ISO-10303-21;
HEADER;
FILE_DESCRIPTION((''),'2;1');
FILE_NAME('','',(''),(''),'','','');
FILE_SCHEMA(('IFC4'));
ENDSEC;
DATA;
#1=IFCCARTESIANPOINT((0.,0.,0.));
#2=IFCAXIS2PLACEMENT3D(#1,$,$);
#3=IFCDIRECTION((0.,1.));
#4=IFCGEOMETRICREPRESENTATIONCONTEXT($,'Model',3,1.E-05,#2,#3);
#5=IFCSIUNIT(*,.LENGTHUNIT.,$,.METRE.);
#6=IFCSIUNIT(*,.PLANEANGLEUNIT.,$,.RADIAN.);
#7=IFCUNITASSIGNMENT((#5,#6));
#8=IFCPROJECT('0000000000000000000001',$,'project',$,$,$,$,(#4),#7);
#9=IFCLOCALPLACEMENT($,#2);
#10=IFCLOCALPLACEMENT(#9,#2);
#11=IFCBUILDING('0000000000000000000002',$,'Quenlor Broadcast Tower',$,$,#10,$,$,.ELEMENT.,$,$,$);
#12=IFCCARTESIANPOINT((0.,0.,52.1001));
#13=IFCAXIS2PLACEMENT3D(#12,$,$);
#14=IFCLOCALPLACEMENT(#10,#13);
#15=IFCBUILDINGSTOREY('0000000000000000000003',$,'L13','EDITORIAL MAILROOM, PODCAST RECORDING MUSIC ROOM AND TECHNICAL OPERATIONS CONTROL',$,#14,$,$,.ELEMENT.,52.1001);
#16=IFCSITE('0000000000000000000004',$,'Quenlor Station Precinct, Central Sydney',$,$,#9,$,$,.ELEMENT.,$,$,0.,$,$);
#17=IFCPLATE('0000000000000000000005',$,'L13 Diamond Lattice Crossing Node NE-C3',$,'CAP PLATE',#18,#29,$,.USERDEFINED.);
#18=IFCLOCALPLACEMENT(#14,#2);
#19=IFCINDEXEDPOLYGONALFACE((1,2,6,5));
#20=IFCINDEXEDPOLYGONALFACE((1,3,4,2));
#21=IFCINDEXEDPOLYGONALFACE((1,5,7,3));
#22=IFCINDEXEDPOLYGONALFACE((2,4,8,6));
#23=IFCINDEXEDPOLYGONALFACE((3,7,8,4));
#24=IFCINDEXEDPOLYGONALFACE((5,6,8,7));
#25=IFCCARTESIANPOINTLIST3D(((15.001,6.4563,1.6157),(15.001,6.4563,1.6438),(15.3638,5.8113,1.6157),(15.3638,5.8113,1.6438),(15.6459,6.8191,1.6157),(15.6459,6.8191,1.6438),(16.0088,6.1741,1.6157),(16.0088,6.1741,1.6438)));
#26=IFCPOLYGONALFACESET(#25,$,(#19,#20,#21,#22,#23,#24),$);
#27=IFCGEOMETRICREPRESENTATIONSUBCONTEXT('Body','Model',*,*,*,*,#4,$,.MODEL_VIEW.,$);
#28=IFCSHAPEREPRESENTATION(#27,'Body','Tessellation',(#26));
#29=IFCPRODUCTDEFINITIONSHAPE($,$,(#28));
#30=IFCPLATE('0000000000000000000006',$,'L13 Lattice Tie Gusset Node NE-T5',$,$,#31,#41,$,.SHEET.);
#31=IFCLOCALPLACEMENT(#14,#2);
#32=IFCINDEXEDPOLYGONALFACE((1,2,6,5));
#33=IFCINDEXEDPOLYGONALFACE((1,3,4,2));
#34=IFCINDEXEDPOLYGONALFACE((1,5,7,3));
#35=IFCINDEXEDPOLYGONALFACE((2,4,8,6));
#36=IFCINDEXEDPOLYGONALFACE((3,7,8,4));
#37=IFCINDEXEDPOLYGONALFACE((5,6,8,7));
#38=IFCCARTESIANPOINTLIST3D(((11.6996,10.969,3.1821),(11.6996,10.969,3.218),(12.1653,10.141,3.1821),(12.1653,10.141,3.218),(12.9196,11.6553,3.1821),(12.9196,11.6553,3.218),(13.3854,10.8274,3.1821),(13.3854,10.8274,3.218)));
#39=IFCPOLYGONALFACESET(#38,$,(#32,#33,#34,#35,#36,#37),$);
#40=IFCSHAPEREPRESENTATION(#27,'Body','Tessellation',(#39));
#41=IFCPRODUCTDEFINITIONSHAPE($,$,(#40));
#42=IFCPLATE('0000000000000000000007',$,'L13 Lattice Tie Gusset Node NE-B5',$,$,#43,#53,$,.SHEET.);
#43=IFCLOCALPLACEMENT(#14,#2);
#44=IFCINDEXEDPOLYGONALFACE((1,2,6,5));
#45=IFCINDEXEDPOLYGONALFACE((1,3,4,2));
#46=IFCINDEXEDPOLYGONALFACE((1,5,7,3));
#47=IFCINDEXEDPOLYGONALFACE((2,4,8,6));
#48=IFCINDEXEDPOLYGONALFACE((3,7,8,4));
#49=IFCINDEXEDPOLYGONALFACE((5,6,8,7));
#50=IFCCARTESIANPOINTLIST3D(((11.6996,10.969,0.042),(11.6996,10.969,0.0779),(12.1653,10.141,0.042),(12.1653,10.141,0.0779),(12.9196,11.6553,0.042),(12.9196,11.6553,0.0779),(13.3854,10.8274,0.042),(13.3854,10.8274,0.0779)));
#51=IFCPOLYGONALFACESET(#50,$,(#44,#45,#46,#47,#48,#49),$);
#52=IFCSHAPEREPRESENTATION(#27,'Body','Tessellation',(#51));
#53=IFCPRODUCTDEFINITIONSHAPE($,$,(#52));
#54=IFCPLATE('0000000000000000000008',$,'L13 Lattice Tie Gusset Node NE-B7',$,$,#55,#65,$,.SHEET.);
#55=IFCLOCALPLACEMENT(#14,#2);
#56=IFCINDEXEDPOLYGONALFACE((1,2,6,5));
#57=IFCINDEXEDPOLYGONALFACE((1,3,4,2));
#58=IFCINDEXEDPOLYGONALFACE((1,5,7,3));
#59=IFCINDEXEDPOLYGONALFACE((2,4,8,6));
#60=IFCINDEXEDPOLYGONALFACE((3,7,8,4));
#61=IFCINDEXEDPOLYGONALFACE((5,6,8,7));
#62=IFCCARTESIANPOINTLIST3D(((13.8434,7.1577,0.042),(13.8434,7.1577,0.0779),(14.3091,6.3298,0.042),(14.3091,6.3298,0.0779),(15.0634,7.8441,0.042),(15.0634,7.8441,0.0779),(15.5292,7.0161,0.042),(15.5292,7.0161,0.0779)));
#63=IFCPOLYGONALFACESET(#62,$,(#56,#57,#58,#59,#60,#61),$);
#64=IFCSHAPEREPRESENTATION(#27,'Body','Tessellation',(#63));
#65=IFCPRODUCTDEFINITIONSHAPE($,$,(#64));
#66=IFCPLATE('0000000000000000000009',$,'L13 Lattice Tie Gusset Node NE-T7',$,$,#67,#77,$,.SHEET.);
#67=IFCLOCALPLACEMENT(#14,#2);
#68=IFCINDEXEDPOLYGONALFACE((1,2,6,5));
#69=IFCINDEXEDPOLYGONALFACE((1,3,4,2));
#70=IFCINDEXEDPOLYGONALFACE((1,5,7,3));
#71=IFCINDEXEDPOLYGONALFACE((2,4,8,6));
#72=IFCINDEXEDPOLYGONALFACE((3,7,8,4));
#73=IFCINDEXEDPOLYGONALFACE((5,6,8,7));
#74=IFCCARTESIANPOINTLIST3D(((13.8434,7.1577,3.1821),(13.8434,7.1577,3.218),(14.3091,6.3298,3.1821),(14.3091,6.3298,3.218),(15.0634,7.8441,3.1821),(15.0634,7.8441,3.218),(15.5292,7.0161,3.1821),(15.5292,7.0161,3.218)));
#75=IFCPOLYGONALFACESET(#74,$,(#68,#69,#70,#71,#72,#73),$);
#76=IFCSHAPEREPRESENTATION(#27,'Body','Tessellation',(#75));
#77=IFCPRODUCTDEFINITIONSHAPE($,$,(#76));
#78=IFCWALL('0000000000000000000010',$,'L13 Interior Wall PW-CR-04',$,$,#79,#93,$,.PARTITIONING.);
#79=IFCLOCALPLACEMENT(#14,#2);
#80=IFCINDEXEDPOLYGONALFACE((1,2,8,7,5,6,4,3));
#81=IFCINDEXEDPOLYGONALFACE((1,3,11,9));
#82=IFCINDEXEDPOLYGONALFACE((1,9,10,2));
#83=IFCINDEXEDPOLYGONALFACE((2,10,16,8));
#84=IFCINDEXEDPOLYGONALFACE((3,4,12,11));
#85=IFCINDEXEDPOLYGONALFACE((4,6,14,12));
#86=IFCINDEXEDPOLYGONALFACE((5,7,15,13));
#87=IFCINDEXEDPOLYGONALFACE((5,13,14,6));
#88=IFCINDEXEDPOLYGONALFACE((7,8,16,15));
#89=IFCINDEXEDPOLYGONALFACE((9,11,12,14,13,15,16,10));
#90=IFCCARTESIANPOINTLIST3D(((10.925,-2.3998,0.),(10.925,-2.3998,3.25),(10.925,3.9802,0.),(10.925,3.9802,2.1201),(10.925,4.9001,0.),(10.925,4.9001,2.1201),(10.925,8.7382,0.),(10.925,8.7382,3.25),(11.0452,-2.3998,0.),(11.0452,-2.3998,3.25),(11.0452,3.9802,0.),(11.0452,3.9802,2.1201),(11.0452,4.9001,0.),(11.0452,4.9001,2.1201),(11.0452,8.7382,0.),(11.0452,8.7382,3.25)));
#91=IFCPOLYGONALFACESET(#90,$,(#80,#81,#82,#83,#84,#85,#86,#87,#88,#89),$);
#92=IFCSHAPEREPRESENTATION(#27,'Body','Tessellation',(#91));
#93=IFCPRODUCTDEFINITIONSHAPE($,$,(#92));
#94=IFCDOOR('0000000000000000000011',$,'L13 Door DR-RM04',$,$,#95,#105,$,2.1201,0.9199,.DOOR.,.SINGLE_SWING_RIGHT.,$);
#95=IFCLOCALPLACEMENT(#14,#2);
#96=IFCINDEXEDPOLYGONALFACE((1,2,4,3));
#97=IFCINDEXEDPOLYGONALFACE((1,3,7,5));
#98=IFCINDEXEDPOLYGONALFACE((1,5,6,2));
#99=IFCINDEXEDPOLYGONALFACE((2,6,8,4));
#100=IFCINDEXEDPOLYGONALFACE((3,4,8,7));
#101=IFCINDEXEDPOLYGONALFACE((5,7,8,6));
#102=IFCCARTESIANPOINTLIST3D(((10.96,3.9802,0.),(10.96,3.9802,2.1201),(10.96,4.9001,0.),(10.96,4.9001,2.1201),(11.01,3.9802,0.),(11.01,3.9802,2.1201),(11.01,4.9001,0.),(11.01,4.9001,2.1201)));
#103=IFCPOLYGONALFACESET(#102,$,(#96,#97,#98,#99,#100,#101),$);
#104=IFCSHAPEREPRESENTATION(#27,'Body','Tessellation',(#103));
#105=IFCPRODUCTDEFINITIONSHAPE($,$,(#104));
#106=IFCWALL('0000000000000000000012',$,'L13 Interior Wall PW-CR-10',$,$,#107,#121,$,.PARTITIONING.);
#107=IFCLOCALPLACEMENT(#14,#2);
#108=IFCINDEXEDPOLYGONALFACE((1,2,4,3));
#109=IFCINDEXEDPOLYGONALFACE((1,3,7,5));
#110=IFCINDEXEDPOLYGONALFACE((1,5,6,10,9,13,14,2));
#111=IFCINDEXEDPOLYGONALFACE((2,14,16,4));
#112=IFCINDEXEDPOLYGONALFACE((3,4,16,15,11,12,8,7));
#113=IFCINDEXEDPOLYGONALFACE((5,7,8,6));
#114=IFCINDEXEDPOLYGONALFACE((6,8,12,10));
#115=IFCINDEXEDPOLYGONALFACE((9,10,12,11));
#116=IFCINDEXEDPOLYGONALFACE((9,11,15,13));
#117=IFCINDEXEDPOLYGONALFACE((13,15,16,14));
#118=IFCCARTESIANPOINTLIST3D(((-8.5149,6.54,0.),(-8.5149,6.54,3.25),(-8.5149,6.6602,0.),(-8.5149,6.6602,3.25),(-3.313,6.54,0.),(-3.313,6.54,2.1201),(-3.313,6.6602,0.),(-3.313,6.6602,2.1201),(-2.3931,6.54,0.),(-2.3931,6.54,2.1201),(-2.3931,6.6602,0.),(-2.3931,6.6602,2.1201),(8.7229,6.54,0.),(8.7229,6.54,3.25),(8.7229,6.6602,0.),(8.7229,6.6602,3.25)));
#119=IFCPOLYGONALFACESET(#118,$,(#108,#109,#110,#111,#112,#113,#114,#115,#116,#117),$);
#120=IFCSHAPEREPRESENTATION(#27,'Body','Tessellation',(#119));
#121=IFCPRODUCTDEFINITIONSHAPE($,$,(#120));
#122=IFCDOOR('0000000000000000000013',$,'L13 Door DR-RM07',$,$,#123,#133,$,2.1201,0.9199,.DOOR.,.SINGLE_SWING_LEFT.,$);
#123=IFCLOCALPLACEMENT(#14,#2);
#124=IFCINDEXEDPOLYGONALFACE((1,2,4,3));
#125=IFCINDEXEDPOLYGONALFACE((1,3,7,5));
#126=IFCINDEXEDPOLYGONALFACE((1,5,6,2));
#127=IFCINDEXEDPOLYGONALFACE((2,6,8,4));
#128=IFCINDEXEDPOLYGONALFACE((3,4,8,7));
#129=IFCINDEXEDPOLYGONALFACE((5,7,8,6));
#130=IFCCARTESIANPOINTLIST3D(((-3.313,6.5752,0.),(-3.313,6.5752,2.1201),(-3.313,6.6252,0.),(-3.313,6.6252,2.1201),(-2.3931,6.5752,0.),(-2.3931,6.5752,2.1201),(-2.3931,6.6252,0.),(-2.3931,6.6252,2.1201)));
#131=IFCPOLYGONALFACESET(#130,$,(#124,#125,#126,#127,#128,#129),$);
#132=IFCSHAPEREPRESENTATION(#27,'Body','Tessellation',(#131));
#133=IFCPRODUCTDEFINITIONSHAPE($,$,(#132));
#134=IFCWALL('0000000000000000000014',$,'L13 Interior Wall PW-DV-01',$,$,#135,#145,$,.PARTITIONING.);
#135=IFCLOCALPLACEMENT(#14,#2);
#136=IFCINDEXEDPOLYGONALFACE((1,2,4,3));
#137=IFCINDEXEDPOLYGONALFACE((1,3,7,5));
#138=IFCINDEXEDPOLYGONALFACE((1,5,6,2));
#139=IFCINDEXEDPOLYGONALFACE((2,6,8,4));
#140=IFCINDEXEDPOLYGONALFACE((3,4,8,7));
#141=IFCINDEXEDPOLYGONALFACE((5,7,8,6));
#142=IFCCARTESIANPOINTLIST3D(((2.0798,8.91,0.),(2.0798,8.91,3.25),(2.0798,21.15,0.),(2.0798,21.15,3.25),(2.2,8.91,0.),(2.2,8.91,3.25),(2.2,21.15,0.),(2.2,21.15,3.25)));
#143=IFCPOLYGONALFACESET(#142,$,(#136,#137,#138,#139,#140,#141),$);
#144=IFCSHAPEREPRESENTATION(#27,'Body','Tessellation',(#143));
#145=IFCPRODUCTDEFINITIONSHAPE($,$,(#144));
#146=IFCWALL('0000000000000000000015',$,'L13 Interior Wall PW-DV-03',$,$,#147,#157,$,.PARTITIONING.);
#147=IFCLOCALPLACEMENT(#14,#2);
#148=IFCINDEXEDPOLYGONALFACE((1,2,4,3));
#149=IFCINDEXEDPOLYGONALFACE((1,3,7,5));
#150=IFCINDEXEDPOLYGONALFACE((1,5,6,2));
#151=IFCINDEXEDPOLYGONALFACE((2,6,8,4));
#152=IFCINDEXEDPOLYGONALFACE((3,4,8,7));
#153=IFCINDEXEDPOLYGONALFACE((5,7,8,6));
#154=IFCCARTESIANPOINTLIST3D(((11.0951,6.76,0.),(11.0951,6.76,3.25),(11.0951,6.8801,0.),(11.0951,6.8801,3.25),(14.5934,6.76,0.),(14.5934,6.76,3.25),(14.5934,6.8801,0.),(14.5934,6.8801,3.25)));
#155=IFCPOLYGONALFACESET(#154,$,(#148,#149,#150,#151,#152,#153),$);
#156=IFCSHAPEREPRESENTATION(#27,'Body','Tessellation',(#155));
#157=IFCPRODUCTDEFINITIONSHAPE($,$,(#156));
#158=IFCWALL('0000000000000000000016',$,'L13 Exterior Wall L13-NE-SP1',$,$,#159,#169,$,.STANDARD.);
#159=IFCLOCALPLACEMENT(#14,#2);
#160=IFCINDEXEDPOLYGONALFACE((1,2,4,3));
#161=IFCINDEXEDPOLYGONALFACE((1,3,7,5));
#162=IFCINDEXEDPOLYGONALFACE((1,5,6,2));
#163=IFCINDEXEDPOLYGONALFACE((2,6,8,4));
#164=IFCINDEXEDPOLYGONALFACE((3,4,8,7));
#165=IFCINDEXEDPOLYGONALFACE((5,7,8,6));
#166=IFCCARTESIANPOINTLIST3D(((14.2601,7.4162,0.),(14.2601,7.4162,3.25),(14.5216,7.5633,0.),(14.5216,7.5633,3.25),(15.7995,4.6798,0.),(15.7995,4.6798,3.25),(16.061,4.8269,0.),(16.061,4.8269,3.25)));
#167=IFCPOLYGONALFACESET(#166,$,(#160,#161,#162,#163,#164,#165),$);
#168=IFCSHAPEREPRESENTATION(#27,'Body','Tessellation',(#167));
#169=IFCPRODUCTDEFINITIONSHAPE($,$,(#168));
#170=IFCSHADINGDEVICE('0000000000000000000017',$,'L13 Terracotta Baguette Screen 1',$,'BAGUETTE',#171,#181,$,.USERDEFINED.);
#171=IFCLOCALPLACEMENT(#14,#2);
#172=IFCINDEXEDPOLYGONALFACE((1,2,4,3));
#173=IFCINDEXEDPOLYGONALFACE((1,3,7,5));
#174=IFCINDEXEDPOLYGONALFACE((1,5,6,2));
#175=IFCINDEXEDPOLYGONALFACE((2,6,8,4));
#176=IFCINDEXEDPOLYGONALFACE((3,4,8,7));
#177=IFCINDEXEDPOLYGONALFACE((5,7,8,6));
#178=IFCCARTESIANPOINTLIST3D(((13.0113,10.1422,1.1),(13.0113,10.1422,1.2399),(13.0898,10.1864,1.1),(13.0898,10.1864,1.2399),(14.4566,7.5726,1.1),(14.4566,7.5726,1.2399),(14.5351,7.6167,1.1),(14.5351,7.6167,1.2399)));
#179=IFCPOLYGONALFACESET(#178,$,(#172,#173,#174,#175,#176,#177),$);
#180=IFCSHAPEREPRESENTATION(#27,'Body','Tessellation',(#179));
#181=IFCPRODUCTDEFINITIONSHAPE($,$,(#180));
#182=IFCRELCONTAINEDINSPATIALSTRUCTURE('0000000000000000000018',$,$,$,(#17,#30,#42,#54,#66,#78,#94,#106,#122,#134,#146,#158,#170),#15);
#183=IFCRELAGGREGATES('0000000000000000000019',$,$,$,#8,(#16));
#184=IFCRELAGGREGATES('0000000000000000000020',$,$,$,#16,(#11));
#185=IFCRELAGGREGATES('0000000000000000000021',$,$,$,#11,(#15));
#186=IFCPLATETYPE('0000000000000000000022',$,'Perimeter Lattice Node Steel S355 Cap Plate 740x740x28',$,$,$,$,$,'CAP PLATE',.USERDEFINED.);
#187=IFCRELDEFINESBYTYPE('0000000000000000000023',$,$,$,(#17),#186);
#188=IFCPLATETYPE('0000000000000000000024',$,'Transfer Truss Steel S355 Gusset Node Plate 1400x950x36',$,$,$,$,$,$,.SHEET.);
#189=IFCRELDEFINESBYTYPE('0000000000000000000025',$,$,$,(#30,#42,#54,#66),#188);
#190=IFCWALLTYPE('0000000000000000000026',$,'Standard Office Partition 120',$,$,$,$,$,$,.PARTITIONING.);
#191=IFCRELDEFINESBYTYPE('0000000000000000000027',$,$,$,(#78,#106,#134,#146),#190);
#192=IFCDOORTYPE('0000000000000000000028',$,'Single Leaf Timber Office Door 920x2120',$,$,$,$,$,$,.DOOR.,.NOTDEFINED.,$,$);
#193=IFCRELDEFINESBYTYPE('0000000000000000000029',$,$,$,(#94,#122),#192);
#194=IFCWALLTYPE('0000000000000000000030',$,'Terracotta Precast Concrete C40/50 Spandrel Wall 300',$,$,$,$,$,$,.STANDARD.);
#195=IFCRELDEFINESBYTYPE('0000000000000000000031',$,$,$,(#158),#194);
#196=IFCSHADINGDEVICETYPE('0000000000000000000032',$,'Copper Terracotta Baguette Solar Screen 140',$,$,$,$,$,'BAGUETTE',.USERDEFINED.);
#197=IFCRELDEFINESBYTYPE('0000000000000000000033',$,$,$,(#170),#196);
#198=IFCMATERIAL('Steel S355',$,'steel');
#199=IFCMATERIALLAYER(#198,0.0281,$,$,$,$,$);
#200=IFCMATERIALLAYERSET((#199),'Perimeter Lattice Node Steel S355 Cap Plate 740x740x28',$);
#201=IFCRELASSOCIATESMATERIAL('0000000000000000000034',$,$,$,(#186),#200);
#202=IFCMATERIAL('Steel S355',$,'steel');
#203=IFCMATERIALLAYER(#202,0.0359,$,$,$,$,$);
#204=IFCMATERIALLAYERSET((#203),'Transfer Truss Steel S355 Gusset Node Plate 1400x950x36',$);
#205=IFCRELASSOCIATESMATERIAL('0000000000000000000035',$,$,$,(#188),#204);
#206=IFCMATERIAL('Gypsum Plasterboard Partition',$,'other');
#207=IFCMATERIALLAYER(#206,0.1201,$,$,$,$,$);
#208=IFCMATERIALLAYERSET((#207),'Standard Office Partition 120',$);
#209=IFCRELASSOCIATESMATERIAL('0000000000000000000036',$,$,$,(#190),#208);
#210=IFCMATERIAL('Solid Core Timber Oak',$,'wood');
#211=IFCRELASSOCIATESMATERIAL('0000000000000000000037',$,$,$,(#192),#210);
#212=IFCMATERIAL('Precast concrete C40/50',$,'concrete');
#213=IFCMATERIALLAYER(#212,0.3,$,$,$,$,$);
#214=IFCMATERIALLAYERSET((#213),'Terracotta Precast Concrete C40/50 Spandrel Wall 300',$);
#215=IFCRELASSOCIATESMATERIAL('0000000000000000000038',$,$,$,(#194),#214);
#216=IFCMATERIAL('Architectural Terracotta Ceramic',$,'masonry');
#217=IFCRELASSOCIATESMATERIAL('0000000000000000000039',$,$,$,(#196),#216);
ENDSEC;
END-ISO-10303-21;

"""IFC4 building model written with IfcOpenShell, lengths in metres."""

from ifc_helpers import new_model, si_unit, direction, frame, frame_2d, origin, origin_2d, place, context, subcontext, project, spatial, rectangle, extrude, material, layer, layer_set, material_profile, profile_set, type_object, element, fill, save


model = new_model("IFC4")

# Units and contexts
model_context = context("Model", 3, precision=1e-05, world=origin(), true_north=direction((0.0, 1.0)))
body_context = subcontext(model_context, "Body", "Model", "MODEL_VIEW")
ifc_project = project(units=[si_unit("LENGTHUNIT", "METRE"), si_unit("PLANEANGLEUNIT", "RADIAN")], contexts=[model_context])

# Site, building, storey
site_placement = place(None, origin())
site = spatial("IfcSite", under=ifc_project, at=site_placement, Name="Quenlor Station Precinct, Central Sydney", CompositionType="ELEMENT", RefElevation=0.0)
building_placement = place(site_placement, origin())
building = spatial("IfcBuilding", under=site, at=building_placement, Name="Quenlor Broadcast Tower", CompositionType="ELEMENT")
storey_placement = place(building_placement, frame((0.0, 0.0, 52.1001)))
storey = spatial("IfcBuildingStorey", under=building, at=storey_placement, Name="L13", Description="EDITORIAL MAILROOM, PODCAST RECORDING MUSIC ROOM AND TECHNICAL OPERATIONS CONTROL", CompositionType="ELEMENT", Elevation=52.1001)

# Plates
ifc_material_1 = material(Name="Steel S355", Category="steel")
ifc_layer_1 = layer(ifc_material_1, 0.0281)
ifc_layer_set_1 = layer_set([ifc_layer_1], Name="Perimeter Lattice Node Steel S355 Cap Plate 740x740x28")
plate_type_1 = type_object("IfcPlateType", Name="Perimeter Lattice Node Steel S355 Cap Plate 740x740x28", ElementType="CAP PLATE", PredefinedType="USERDEFINED", material=ifc_layer_set_1)
for number, where, z_axis, x_axis, name in (
    (1, (15.5049, 6.3152, 1.6157), (0.0, 0.0, 1.0), (0.490295, -0.871556, 0.0), "L13 Diamond Lattice Crossing Node NE-C3"),
):
    element("IfcPlate", number, at=place(storey_placement, frame(where, z_axis=z_axis, x_axis=x_axis)), inside=storey, type_object=plate_type_1, Name=name, ObjectType="CAP PLATE", PredefinedType="USERDEFINED", context=body_context, shape_type="SweptSolid", body=[
        extrude(rectangle(XDim=0.74, YDim=0.74, at=origin_2d()), origin(), (0.0, 0.0, 1.0), 0.0281),
    ])
ifc_material_2 = material(Name="Steel S355", Category="steel")
ifc_layer_2 = layer(ifc_material_2, 0.0359)
ifc_layer_set_2 = layer_set([ifc_layer_2], Name="Transfer Truss Steel S355 Gusset Node Plate 1400x950x36")
plate_type_2 = type_object("IfcPlateType", Name="Transfer Truss Steel S355 Gusset Node Plate 1400x950x36", PredefinedType="SHEET", material=ifc_layer_set_2)
for number, where, z_axis, x_axis, name in (
    (2, (12.5425, 10.8982, 3.1821), (0.0, 0.0, 1.0), (0.871556, 0.490295, 0.0), "L13 Lattice Tie Gusset Node NE-T5"),
    (3, (12.5425, 10.8982, 0.042), (0.0, 0.0, 1.0), (0.871556, 0.490295, 0.0), "L13 Lattice Tie Gusset Node NE-B5"),
    (4, (14.6863, 7.0869, 0.042), (0.0, 0.0, 1.0), (0.871556, 0.490295, 0.0), "L13 Lattice Tie Gusset Node NE-B7"),
    (5, (14.6863, 7.0869, 3.1821), (0.0, 0.0, 1.0), (0.871556, 0.490295, 0.0), "L13 Lattice Tie Gusset Node NE-T7"),
):
    element("IfcPlate", number, at=place(storey_placement, frame(where, z_axis=z_axis, x_axis=x_axis)), inside=storey, type_object=plate_type_2, Name=name, PredefinedType="SHEET", context=body_context, shape_type="SweptSolid", body=[
        extrude(rectangle(XDim=1.3999, YDim=0.95, at=origin_2d()), origin(), (0.0, 0.0, 1.0), 0.0359),
    ])

# Walls, openings, doors
ifc_material_3 = material(Name="Gypsum Plasterboard Partition", Category="other")
ifc_layer_3 = layer(ifc_material_3, 0.1201)
ifc_layer_set_3 = layer_set([ifc_layer_3], Name="Standard Office Partition 120")
wall_type_1 = type_object("IfcWallType", Name="Standard Office Partition 120", PredefinedType="PARTITIONING", material=ifc_layer_set_3)
wall_1_placement = place(storey_placement, frame((10.9851, 8.738, 0.0), z_axis=(0.0, 0.0, 1.0), x_axis=(0.0, -1.0, 0.0)))
wall_1 = element("IfcWall", 6, at=wall_1_placement, inside=storey, type_object=wall_type_1, Name="L13 Interior Wall PW-CR-04", PredefinedType="PARTITIONING", context=body_context, shape_type="SweptSolid", body=[
    extrude(rectangle(XDim=11.1379, YDim=0.1201, at=frame_2d((5.5688, 0.0))), origin(), (0.0, 0.0, 1.0), 3.25),
])
opening_1_placement = place(wall_1_placement, frame((3.8379, 0.0, 0.0)))
opening_1 = element("IfcOpeningElement", 7, at=opening_1_placement, cuts=wall_1, PredefinedType="OPENING", context=body_context, shape_type="SweptSolid", body=[
    extrude(rectangle(XDim=0.9199, YDim=2.1201, at=frame_2d((0.46, 1.0601))), frame((0.0, 0.0701, 0.0), z_axis=(0.0, -1.0, 0.0), x_axis=(1.0, 0.0, 0.0)), (0.0, 0.0, 1.0), 0.1401),
])
ifc_material_4 = material(Name="Solid Core Timber Oak", Category="wood")
door_type = type_object("IfcDoorType", Name="Single Leaf Timber Office Door 920x2120", OperationType="NOTDEFINED", PredefinedType="DOOR", material=ifc_material_4)
door_1_placement = place(opening_1_placement, origin())
door_1 = element("IfcDoor", 8, at=door_1_placement, inside=storey, type_object=door_type, Name="L13 Door DR-RM04", OperationType="SINGLE_SWING_RIGHT", OverallHeight=2.1201, OverallWidth=0.9199, PredefinedType="DOOR", context=body_context, shape_type="SweptSolid", body=[
    extrude(rectangle(XDim=0.9199, YDim=2.1201, at=frame_2d((0.46, 1.0601))), frame((0.0, 0.0249, 0.0), z_axis=(0.0, -1.0, 0.0), x_axis=(1.0, 0.0, 0.0)), (0.0, 0.0, 1.0), 0.05),
])
fill(opening_1, door_1)
wall_2_placement = place(storey_placement, frame((8.7229, 6.6001, 0.0), z_axis=(0.0, 0.0, 1.0), x_axis=(-1.0, 0.0, 0.0)))
wall_2 = element("IfcWall", 9, at=wall_2_placement, inside=storey, type_object=wall_type_1, Name="L13 Interior Wall PW-CR-10", PredefinedType="PARTITIONING", context=body_context, shape_type="SweptSolid", body=[
    extrude(rectangle(XDim=17.2378, YDim=0.1201, at=frame_2d((8.6189, 0.0))), origin(), (0.0, 0.0, 1.0), 3.25),
])
opening_2_placement = place(wall_2_placement, frame((11.116, 0.0, 0.0)))
opening_2 = element("IfcOpeningElement", 10, at=opening_2_placement, cuts=wall_2, PredefinedType="OPENING", context=body_context, shape_type="SweptSolid", body=[
    extrude(rectangle(XDim=0.9199, YDim=2.1201, at=frame_2d((0.46, 1.0601))), frame((0.0, 0.0701, 0.0), z_axis=(0.0, -1.0, 0.0), x_axis=(1.0, 0.0, 0.0)), (0.0, 0.0, 1.0), 0.1401),
])
door_2_placement = place(opening_2_placement, origin())
door_2 = element("IfcDoor", 11, at=door_2_placement, inside=storey, type_object=door_type, Name="L13 Door DR-RM07", OperationType="SINGLE_SWING_LEFT", OverallHeight=2.1201, OverallWidth=0.9199, PredefinedType="DOOR", context=body_context, shape_type="SweptSolid", body=[
    extrude(rectangle(XDim=0.9199, YDim=2.1201, at=frame_2d((0.46, 1.0601))), frame((0.0, 0.0249, 0.0), z_axis=(0.0, -1.0, 0.0), x_axis=(1.0, 0.0, 0.0)), (0.0, 0.0, 1.0), 0.05),
])
fill(opening_2, door_2)

# Walls
wall_3_placement = place(storey_placement, frame((2.1399, 8.9099, 0.0), z_axis=(0.0, 0.0, 1.0), x_axis=(0.0, 1.0, 0.0)))
element("IfcWall", 12, at=wall_3_placement, inside=storey, type_object=wall_type_1, Name="L13 Interior Wall PW-DV-01", PredefinedType="PARTITIONING", context=body_context, shape_type="SweptSolid", body=[
    extrude(rectangle(XDim=12.24, YDim=0.1201, at=frame_2d((6.1201, 0.0))), origin(), (0.0, 0.0, 1.0), 3.25),
])
wall_4_placement = place(storey_placement, frame((14.5933, 6.8201, 0.0), z_axis=(0.0, 0.0, 1.0), x_axis=(-1.0, 0.0, 0.0)))
element("IfcWall", 13, at=wall_4_placement, inside=storey, type_object=wall_type_1, Name="L13 Interior Wall PW-DV-03", PredefinedType="PARTITIONING", context=body_context, shape_type="SweptSolid", body=[
    extrude(rectangle(XDim=3.4983, YDim=0.1201, at=frame_2d((1.749, 0.0))), origin(), (0.0, 0.0, 1.0), 3.25),
])
ifc_material_5 = material(Name="Precast concrete C40/50", Category="concrete")
ifc_layer_4 = layer(ifc_material_5, 0.3)
ifc_layer_set_4 = layer_set([ifc_layer_4], Name="Terracotta Precast Concrete C40/50 Spandrel Wall 300")
wall_type_2 = type_object("IfcWallType", Name="Terracotta Precast Concrete C40/50 Spandrel Wall 300", PredefinedType="STANDARD", material=ifc_layer_set_4)
wall_5_placement = place(storey_placement, frame((14.3909, 7.4897, 0.0), z_axis=(0.0, 0.0, 1.0), x_axis=(0.490291, -0.871559, 0.0)))
element("IfcWall", 14, at=wall_5_placement, inside=storey, type_object=wall_type_2, Name="L13 Exterior Wall L13-NE-SP1", PredefinedType="STANDARD", context=body_context, shape_type="SweptSolid", body=[
    extrude(rectangle(XDim=3.1396, YDim=0.3, at=frame_2d((1.5698, 0.0))), origin(), (0.0, 0.0, 1.0), 3.25),
])

# Shading device
ifc_material_6 = material(Name="Architectural Terracotta Ceramic", Category="masonry")
ifc_material_profile_1 = material_profile(ifc_material_6, rectangle(XDim=0.0901, YDim=0.1399, at=origin_2d()))
ifc_profile_set_1 = profile_set([ifc_material_profile_1], Name="Architectural Terracotta Ceramic BAG90x140")
shading_device_type = type_object("IfcShadingDeviceType", Name="Copper Terracotta Baguette Solar Screen 140", ElementType="BAGUETTE", PredefinedType="USERDEFINED", material=ifc_profile_set_1)
for number, where, z_axis, x_axis, name in (
    (15, (13.0505, 10.1643, 1.1699), (0.490242, -0.871587, 0.0), (0.871587, 0.490242, 0.0), "L13 Terracotta Baguette Screen 1"),
):
    element("IfcShadingDevice", number, at=place(storey_placement, frame(where, z_axis=z_axis, x_axis=x_axis)), inside=storey, type_object=shading_device_type, Name=name, ObjectType="BAGUETTE", PredefinedType="USERDEFINED", context=body_context, shape_type="SweptSolid", body=[
        extrude(rectangle(XDim=0.0901, YDim=0.1399, at=origin_2d()), origin(), (0.0, 0.0, 1.0), 2.9482),
    ])

save(model, "model.ifc")
